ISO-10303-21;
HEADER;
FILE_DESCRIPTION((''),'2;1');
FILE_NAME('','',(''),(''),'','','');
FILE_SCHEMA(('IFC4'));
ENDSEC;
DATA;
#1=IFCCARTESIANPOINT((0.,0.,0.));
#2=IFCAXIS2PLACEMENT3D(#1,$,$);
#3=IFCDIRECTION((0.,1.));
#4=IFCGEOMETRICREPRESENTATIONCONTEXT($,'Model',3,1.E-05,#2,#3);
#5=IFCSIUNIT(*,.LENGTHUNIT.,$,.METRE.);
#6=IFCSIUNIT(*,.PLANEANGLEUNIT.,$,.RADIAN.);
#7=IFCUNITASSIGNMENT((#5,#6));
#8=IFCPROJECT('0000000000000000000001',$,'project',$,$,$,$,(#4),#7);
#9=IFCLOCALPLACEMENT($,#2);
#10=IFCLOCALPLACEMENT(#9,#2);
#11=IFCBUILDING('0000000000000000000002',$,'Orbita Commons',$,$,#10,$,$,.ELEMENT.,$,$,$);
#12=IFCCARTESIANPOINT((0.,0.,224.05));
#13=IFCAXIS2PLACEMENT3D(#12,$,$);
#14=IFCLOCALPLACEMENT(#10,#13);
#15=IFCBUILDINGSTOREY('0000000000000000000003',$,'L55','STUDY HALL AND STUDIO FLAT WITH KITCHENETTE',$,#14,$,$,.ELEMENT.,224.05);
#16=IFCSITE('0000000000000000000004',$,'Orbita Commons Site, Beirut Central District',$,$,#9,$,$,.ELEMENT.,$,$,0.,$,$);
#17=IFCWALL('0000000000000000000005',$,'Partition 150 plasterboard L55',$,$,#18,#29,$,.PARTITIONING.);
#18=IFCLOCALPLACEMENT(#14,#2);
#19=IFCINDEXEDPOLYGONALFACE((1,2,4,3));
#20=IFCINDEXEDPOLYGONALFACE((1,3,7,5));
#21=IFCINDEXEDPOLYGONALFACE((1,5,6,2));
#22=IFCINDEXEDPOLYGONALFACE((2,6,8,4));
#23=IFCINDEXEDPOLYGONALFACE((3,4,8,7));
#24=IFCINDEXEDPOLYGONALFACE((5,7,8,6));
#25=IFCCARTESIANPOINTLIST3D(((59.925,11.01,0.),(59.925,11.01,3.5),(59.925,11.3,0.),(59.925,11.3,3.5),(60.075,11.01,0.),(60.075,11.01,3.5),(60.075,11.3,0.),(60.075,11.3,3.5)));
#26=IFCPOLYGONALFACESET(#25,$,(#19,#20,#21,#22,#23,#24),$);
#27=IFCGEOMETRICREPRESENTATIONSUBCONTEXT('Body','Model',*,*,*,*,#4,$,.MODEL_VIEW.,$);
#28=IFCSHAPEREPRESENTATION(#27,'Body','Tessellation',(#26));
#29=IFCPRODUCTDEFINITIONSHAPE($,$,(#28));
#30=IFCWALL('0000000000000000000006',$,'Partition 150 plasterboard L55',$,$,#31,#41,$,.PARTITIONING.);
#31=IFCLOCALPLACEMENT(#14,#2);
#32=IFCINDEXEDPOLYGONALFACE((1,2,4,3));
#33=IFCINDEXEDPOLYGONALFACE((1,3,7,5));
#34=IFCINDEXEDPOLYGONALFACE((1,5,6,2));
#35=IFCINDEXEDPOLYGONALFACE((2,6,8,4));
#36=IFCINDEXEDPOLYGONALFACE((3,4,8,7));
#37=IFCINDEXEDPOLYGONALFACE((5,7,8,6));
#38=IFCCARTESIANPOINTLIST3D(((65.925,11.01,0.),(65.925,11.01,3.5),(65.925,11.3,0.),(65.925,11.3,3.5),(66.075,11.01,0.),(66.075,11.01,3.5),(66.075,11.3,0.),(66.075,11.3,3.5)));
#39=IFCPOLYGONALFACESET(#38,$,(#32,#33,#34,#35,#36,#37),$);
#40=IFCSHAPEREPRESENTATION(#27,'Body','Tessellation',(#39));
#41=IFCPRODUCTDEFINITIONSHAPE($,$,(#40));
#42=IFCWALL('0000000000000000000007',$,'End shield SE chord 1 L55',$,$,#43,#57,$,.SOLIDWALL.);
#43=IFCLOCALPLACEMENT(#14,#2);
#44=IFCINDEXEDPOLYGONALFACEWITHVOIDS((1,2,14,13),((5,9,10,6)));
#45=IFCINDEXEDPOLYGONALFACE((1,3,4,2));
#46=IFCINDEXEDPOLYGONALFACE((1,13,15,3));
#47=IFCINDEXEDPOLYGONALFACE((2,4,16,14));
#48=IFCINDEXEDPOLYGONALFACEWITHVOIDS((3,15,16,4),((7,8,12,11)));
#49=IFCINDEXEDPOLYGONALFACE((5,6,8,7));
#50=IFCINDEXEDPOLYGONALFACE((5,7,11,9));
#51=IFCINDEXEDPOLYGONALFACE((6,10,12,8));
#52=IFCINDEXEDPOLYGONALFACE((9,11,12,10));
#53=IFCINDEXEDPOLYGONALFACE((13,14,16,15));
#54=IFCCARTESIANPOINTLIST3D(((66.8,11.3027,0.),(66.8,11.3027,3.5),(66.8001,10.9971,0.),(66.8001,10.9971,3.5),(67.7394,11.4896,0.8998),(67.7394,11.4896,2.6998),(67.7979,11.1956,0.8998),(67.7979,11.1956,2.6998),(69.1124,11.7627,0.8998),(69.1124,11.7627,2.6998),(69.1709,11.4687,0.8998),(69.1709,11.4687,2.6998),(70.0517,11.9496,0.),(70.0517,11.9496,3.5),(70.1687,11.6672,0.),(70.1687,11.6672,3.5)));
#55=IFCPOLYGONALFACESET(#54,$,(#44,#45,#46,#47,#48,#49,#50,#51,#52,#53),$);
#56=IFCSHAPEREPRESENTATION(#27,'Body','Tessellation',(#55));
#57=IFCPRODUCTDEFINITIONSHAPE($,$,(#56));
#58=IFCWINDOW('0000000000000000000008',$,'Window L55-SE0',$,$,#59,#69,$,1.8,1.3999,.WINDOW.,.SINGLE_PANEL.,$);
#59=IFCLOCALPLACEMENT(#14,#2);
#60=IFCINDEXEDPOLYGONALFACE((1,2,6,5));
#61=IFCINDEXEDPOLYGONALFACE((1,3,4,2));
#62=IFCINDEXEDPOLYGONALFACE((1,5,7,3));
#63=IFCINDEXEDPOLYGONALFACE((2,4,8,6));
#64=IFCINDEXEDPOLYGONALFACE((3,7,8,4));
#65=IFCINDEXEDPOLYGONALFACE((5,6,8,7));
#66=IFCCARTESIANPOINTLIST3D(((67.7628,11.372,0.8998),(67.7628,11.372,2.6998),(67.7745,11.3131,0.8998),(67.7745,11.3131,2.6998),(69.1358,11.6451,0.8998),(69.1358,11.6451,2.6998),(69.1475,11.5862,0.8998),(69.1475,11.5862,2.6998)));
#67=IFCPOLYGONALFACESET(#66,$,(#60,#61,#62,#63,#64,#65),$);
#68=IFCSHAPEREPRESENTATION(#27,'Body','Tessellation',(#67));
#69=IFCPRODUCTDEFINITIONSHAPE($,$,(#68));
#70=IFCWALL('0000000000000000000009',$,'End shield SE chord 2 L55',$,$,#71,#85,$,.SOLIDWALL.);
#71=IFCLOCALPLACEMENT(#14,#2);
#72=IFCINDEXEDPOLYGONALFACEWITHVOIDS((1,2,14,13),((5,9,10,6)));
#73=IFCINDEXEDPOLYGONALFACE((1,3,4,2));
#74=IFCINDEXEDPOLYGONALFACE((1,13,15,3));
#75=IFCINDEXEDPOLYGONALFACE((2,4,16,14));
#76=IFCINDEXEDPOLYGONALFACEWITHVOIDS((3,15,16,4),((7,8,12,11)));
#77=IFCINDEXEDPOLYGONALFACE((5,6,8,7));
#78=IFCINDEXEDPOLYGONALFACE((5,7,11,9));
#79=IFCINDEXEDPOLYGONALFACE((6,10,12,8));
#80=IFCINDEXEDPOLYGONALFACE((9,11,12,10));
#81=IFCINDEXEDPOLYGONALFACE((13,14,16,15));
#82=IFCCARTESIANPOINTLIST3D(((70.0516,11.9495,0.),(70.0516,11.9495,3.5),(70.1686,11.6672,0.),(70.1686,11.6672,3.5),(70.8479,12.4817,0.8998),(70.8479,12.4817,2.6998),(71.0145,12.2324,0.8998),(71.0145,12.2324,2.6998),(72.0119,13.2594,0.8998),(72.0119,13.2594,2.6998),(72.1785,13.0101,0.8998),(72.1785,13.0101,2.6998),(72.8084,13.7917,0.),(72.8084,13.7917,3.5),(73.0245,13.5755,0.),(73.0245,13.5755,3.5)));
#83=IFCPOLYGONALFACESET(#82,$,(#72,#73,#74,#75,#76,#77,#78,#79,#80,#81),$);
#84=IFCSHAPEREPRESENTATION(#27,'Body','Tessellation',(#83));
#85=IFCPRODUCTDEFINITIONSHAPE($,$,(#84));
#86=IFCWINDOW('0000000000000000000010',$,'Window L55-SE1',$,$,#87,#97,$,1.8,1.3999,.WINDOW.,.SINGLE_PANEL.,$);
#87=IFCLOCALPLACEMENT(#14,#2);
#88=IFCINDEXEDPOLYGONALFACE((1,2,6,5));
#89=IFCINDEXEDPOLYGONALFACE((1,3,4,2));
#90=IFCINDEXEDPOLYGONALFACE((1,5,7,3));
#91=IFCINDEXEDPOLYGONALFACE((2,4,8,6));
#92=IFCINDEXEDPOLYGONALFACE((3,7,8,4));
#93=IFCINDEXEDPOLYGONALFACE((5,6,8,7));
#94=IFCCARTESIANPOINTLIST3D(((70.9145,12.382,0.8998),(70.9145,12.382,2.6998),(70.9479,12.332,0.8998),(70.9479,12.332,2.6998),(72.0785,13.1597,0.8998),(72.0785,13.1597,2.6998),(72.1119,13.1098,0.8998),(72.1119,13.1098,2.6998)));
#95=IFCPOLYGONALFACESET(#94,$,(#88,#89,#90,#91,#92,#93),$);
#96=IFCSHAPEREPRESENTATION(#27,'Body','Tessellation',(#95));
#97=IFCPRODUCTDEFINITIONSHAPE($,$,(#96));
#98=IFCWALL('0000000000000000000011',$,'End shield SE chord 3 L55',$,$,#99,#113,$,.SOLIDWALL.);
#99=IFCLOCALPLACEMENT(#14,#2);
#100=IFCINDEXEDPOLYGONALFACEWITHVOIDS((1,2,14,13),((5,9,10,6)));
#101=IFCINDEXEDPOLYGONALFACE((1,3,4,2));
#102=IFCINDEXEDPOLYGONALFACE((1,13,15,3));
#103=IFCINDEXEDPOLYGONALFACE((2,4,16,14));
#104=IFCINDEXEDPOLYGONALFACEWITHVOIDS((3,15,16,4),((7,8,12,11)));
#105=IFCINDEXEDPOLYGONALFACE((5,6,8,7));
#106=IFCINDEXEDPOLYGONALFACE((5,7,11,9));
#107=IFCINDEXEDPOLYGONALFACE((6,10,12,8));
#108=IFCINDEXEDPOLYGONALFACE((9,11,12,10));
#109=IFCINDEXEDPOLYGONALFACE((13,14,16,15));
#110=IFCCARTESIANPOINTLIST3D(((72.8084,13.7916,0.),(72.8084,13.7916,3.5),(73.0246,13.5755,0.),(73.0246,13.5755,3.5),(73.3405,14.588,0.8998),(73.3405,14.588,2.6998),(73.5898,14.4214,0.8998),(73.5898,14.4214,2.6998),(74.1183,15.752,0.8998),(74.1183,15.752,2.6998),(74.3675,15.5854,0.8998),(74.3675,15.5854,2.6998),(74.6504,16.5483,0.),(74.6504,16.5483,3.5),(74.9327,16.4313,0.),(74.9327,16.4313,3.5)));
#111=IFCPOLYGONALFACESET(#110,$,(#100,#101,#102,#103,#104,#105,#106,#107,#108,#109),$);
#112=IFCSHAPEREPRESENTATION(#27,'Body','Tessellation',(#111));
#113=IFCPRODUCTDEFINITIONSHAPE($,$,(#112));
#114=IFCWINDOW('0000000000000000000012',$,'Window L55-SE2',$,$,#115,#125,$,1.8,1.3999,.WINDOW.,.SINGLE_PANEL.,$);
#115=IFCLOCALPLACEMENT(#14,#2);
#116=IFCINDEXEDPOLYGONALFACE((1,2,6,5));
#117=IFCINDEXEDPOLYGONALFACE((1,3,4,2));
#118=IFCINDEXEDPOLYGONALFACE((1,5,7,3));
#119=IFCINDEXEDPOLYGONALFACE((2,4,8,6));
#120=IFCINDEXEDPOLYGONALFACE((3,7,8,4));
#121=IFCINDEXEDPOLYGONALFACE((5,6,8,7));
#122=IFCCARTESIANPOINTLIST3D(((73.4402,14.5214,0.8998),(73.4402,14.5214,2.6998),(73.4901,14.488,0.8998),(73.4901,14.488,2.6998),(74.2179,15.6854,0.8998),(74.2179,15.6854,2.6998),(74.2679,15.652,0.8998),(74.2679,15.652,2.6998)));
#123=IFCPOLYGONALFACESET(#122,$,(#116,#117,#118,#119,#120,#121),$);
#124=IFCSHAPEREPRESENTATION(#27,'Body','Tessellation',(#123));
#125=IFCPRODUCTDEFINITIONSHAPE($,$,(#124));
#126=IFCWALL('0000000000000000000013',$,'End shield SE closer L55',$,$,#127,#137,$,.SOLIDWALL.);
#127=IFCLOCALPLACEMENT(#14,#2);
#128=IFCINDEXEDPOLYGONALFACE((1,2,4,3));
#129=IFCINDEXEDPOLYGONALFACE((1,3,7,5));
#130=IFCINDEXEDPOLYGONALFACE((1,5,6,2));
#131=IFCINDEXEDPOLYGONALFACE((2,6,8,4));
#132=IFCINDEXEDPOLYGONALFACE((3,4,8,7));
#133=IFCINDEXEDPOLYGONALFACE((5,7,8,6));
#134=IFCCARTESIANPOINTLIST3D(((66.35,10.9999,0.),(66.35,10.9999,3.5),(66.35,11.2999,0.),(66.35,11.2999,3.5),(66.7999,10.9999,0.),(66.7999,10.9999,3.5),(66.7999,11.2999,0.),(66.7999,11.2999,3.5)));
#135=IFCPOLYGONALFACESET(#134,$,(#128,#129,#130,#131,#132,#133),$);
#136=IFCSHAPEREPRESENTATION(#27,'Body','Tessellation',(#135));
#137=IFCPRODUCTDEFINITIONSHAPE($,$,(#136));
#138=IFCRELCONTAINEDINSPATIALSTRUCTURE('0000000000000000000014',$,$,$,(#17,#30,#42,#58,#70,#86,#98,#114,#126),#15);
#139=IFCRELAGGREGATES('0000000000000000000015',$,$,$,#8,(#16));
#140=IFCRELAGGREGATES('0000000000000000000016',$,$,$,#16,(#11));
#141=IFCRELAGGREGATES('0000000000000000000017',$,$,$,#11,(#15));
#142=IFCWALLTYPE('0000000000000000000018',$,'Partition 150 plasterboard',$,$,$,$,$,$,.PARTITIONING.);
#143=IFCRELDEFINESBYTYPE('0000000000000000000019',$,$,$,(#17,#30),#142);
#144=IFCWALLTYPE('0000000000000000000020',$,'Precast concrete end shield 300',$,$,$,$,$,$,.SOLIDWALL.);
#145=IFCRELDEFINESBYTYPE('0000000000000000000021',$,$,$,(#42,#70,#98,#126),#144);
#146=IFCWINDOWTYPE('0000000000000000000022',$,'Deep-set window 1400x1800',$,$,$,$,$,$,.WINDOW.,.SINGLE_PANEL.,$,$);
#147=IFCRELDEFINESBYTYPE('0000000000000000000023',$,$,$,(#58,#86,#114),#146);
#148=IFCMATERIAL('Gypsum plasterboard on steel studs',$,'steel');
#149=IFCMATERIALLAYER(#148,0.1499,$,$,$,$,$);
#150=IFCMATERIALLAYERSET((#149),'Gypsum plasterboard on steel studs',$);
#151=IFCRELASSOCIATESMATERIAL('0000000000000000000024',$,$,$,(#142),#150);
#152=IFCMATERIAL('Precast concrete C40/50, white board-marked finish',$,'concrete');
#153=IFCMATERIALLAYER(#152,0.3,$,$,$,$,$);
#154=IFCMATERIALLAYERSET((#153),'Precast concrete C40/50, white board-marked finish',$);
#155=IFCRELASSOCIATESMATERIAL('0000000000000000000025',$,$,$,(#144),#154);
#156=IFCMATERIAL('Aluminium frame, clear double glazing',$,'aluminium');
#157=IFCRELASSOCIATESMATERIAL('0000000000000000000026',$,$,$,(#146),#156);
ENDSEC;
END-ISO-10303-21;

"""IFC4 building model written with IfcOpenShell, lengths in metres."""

from ifc_helpers import new_model, si_unit, direction, frame, frame_2d, origin, place, context, subcontext, project, spatial, polyline, rectangle, outline, extrude, material, layer, layer_set, type_object, element, fill, save


model = new_model("IFC4")

# Units and contexts
model_context = context("Model", 3, precision=1e-05, world=origin(), true_north=direction((0.0, 1.0)))
body_context = subcontext(model_context, "Body", "Model", "MODEL_VIEW")
ifc_project = project(units=[si_unit("LENGTHUNIT", "METRE"), si_unit("PLANEANGLEUNIT", "RADIAN")], contexts=[model_context])

# Site, building, storey
site_placement = place(None, origin())
site = spatial("IfcSite", under=ifc_project, at=site_placement, Name="Orbita Commons Site, Beirut Central District", CompositionType="ELEMENT", RefElevation=0.0)
building_placement = place(site_placement, origin())
building = spatial("IfcBuilding", under=site, at=building_placement, Name="Orbita Commons", CompositionType="ELEMENT")
storey_placement = place(building_placement, frame((0.0, 0.0, 224.05)))
storey = spatial("IfcBuildingStorey", under=building, at=storey_placement, Name="L55", Description="STUDY HALL AND STUDIO FLAT WITH KITCHENETTE", CompositionType="ELEMENT", Elevation=224.05)

# Walls
ifc_material_1 = material(Name="Gypsum plasterboard on steel studs", Category="steel")
ifc_layer_1 = layer(ifc_material_1, 0.1499)
ifc_layer_set_1 = layer_set([ifc_layer_1], Name="Gypsum plasterboard on steel studs")
wall_type_1 = type_object("IfcWallType", Name="Partition 150 plasterboard", PredefinedType="PARTITIONING", material=ifc_layer_set_1)
for number, where, z_axis, x_axis, name in (
    (1, (60.0, 11.3, 0.0), (0.0, 0.0, 1.0), (0.0, -1.0, 0.0), "Partition 150 plasterboard L55"),
    (2, (66.0, 11.3, 0.0), (0.0, 0.0, 1.0), (0.0, -1.0, 0.0), "Partition 150 plasterboard L55"),
):
    element("IfcWall", number, at=place(storey_placement, frame(where, z_axis=z_axis, x_axis=x_axis)), inside=storey, type_object=wall_type_1, Name=name, PredefinedType="PARTITIONING", context=body_context, shape_type="SweptSolid", body=[
        extrude(rectangle(XDim=0.29, YDim=0.1499, at=frame_2d((0.145, 0.0))), origin(), (0.0, 0.0, 1.0), 3.5),
    ])

# Walls, openings, windows
ifc_material_2 = material(Name="Precast concrete C40/50, white board-marked finish", Category="concrete")
ifc_layer_2 = layer(ifc_material_2, 0.3)
ifc_layer_set_2 = layer_set([ifc_layer_2], Name="Precast concrete C40/50, white board-marked finish")
wall_type_2 = type_object("IfcWallType", Name="Precast concrete end shield 300", PredefinedType="SOLIDWALL", material=ifc_layer_set_2)
wall_1_placement = place(storey_placement, frame((66.8, 11.1499, 0.0), z_axis=(0.0, 0.0, 1.0), x_axis=(0.980783, 0.1951, 0.0)))
wall_1 = element("IfcWall", 3, at=wall_1_placement, inside=storey, type_object=wall_type_2, Name="End shield SE chord 1 L55", PredefinedType="SOLIDWALL", context=body_context, shape_type="SweptSolid", body=[
    extrude(outline(polyline([(-0.0298, -0.1499), (3.4048, -0.1499), (3.3452, 0.1499), (0.0298, 0.1499), (-0.0298, -0.1499)])), origin(), (0.0, 0.0, 1.0), 3.5),
])
opening_1_placement = place(wall_1_placement, frame((0.9875, 0.0, 0.8999)))
opening_1 = element("IfcOpeningElement", 4, at=opening_1_placement, cuts=wall_1, PredefinedType="OPENING", context=body_context, shape_type="SweptSolid", body=[
    extrude(rectangle(XDim=1.3999, YDim=1.8, at=frame_2d((0.7, 0.8999))), frame((0.0, 0.1599, 0.0), z_axis=(0.0, -1.0, 0.0), x_axis=(1.0, 0.0, 0.0)), (0.0, 0.0, 1.0), 0.3201),
])
ifc_material_3 = material(Name="Aluminium frame, clear double glazing", Category="aluminium")
window_type = type_object("IfcWindowType", Name="Deep-set window 1400x1800", PartitioningType="SINGLE_PANEL", PredefinedType="WINDOW", material=ifc_material_3)
window_1_placement = place(opening_1_placement, origin())
window_1 = element("IfcWindow", 5, at=window_1_placement, inside=storey, type_object=window_type, Name="Window L55-SE0", OverallHeight=1.8, OverallWidth=1.3999, PartitioningType="SINGLE_PANEL", PredefinedType="WINDOW", context=body_context, shape_type="SweptSolid", body=[
    extrude(rectangle(XDim=1.3999, YDim=1.8, at=frame_2d((0.7, 0.8999))), frame((0.0, 0.03, 0.0), z_axis=(0.0, -1.0, 0.0), x_axis=(1.0, 0.0, 0.0)), (0.0, 0.0, 1.0), 0.0601),
])
fill(opening_1, window_1)
wall_2_placement = place(storey_placement, frame((70.1101, 11.8083, 0.0), z_axis=(0.0, 0.0, 1.0), x_axis=(0.83146, 0.555585, 0.0)))
wall_2 = element("IfcWall", 6, at=wall_2_placement, inside=storey, type_object=wall_type_2, Name="End shield SE chord 2 L55", PredefinedType="SOLIDWALL", context=body_context, shape_type="SweptSolid", body=[
    extrude(outline(polyline([(-0.0298, -0.1499), (3.405, -0.1499), (3.3455, 0.1499), (0.0298, 0.1499), (-0.0298, -0.1499)])), origin(), (0.0, 0.0, 1.0), 3.5),
])
opening_2_placement = place(wall_2_placement, frame((0.9875, 0.0, 0.8999)))
opening_2 = element("IfcOpeningElement", 7, at=opening_2_placement, cuts=wall_2, PredefinedType="OPENING", context=body_context, shape_type="SweptSolid", body=[
    extrude(rectangle(XDim=1.3999, YDim=1.8, at=frame_2d((0.7, 0.8999))), frame((0.0, 0.1599, 0.0), z_axis=(0.0, -1.0, 0.0), x_axis=(1.0, 0.0, 0.0)), (0.0, 0.0, 1.0), 0.3201),
])
window_2_placement = place(opening_2_placement, origin())
window_2 = element("IfcWindow", 8, at=window_2_placement, inside=storey, type_object=window_type, Name="Window L55-SE1", OverallHeight=1.8, OverallWidth=1.3999, PartitioningType="SINGLE_PANEL", PredefinedType="WINDOW", context=body_context, shape_type="SweptSolid", body=[
    extrude(rectangle(XDim=1.3999, YDim=1.8, at=frame_2d((0.7, 0.8999))), frame((0.0, 0.03, 0.0), z_axis=(0.0, -1.0, 0.0), x_axis=(1.0, 0.0, 0.0)), (0.0, 0.0, 1.0), 0.0601),
])
fill(opening_2, window_2)
wall_3_placement = place(storey_placement, frame((72.9165, 13.6836, 0.0), z_axis=(0.0, 0.0, 1.0), x_axis=(0.555568, 0.831471, 0.0)))
wall_3 = element("IfcWall", 9, at=wall_3_placement, inside=storey, type_object=wall_type_2, Name="End shield SE chord 3 L55", PredefinedType="SOLIDWALL", context=body_context, shape_type="SweptSolid", body=[
    extrude(outline(polyline([(-0.0298, -0.1499), (3.4048, -0.1499), (3.3452, 0.1499), (0.0298, 0.1499), (-0.0298, -0.1499)])), origin(), (0.0, 0.0, 1.0), 3.5),
])
opening_3_placement = place(wall_3_placement, frame((0.9875, 0.0, 0.8999)))
opening_3 = element("IfcOpeningElement", 10, at=opening_3_placement, cuts=wall_3, PredefinedType="OPENING", context=body_context, shape_type="SweptSolid", body=[
    extrude(rectangle(XDim=1.3999, YDim=1.8, at=frame_2d((0.7, 0.8999))), frame((0.0, 0.1599, 0.0), z_axis=(0.0, -1.0, 0.0), x_axis=(1.0, 0.0, 0.0)), (0.0, 0.0, 1.0), 0.3201),
])
window_3_placement = place(opening_3_placement, origin())
window_3 = element("IfcWindow", 11, at=window_3_placement, inside=storey, type_object=window_type, Name="Window L55-SE2", OverallHeight=1.8, OverallWidth=1.3999, PartitioningType="SINGLE_PANEL", PredefinedType="WINDOW", context=body_context, shape_type="SweptSolid", body=[
    extrude(rectangle(XDim=1.3999, YDim=1.8, at=frame_2d((0.7, 0.8999))), frame((0.0, 0.03, 0.0), z_axis=(0.0, -1.0, 0.0), x_axis=(1.0, 0.0, 0.0)), (0.0, 0.0, 1.0), 0.0601),
])
fill(opening_3, window_3)

# Wall
wall_4_placement = place(storey_placement, frame((66.8, 11.1499, 0.0), z_axis=(0.0, 0.0, 1.0), x_axis=(-1.0, 0.0, 0.0)))
element("IfcWall", 12, at=wall_4_placement, inside=storey, type_object=wall_type_2, Name="End shield SE closer L55", PredefinedType="SOLIDWALL", context=body_context, shape_type="SweptSolid", body=[
    extrude(rectangle(XDim=0.45, YDim=0.3, at=frame_2d((0.2251, 0.0))), origin(), (0.0, 0.0, 1.0), 3.5),
])

save(model, "model.ifc")
